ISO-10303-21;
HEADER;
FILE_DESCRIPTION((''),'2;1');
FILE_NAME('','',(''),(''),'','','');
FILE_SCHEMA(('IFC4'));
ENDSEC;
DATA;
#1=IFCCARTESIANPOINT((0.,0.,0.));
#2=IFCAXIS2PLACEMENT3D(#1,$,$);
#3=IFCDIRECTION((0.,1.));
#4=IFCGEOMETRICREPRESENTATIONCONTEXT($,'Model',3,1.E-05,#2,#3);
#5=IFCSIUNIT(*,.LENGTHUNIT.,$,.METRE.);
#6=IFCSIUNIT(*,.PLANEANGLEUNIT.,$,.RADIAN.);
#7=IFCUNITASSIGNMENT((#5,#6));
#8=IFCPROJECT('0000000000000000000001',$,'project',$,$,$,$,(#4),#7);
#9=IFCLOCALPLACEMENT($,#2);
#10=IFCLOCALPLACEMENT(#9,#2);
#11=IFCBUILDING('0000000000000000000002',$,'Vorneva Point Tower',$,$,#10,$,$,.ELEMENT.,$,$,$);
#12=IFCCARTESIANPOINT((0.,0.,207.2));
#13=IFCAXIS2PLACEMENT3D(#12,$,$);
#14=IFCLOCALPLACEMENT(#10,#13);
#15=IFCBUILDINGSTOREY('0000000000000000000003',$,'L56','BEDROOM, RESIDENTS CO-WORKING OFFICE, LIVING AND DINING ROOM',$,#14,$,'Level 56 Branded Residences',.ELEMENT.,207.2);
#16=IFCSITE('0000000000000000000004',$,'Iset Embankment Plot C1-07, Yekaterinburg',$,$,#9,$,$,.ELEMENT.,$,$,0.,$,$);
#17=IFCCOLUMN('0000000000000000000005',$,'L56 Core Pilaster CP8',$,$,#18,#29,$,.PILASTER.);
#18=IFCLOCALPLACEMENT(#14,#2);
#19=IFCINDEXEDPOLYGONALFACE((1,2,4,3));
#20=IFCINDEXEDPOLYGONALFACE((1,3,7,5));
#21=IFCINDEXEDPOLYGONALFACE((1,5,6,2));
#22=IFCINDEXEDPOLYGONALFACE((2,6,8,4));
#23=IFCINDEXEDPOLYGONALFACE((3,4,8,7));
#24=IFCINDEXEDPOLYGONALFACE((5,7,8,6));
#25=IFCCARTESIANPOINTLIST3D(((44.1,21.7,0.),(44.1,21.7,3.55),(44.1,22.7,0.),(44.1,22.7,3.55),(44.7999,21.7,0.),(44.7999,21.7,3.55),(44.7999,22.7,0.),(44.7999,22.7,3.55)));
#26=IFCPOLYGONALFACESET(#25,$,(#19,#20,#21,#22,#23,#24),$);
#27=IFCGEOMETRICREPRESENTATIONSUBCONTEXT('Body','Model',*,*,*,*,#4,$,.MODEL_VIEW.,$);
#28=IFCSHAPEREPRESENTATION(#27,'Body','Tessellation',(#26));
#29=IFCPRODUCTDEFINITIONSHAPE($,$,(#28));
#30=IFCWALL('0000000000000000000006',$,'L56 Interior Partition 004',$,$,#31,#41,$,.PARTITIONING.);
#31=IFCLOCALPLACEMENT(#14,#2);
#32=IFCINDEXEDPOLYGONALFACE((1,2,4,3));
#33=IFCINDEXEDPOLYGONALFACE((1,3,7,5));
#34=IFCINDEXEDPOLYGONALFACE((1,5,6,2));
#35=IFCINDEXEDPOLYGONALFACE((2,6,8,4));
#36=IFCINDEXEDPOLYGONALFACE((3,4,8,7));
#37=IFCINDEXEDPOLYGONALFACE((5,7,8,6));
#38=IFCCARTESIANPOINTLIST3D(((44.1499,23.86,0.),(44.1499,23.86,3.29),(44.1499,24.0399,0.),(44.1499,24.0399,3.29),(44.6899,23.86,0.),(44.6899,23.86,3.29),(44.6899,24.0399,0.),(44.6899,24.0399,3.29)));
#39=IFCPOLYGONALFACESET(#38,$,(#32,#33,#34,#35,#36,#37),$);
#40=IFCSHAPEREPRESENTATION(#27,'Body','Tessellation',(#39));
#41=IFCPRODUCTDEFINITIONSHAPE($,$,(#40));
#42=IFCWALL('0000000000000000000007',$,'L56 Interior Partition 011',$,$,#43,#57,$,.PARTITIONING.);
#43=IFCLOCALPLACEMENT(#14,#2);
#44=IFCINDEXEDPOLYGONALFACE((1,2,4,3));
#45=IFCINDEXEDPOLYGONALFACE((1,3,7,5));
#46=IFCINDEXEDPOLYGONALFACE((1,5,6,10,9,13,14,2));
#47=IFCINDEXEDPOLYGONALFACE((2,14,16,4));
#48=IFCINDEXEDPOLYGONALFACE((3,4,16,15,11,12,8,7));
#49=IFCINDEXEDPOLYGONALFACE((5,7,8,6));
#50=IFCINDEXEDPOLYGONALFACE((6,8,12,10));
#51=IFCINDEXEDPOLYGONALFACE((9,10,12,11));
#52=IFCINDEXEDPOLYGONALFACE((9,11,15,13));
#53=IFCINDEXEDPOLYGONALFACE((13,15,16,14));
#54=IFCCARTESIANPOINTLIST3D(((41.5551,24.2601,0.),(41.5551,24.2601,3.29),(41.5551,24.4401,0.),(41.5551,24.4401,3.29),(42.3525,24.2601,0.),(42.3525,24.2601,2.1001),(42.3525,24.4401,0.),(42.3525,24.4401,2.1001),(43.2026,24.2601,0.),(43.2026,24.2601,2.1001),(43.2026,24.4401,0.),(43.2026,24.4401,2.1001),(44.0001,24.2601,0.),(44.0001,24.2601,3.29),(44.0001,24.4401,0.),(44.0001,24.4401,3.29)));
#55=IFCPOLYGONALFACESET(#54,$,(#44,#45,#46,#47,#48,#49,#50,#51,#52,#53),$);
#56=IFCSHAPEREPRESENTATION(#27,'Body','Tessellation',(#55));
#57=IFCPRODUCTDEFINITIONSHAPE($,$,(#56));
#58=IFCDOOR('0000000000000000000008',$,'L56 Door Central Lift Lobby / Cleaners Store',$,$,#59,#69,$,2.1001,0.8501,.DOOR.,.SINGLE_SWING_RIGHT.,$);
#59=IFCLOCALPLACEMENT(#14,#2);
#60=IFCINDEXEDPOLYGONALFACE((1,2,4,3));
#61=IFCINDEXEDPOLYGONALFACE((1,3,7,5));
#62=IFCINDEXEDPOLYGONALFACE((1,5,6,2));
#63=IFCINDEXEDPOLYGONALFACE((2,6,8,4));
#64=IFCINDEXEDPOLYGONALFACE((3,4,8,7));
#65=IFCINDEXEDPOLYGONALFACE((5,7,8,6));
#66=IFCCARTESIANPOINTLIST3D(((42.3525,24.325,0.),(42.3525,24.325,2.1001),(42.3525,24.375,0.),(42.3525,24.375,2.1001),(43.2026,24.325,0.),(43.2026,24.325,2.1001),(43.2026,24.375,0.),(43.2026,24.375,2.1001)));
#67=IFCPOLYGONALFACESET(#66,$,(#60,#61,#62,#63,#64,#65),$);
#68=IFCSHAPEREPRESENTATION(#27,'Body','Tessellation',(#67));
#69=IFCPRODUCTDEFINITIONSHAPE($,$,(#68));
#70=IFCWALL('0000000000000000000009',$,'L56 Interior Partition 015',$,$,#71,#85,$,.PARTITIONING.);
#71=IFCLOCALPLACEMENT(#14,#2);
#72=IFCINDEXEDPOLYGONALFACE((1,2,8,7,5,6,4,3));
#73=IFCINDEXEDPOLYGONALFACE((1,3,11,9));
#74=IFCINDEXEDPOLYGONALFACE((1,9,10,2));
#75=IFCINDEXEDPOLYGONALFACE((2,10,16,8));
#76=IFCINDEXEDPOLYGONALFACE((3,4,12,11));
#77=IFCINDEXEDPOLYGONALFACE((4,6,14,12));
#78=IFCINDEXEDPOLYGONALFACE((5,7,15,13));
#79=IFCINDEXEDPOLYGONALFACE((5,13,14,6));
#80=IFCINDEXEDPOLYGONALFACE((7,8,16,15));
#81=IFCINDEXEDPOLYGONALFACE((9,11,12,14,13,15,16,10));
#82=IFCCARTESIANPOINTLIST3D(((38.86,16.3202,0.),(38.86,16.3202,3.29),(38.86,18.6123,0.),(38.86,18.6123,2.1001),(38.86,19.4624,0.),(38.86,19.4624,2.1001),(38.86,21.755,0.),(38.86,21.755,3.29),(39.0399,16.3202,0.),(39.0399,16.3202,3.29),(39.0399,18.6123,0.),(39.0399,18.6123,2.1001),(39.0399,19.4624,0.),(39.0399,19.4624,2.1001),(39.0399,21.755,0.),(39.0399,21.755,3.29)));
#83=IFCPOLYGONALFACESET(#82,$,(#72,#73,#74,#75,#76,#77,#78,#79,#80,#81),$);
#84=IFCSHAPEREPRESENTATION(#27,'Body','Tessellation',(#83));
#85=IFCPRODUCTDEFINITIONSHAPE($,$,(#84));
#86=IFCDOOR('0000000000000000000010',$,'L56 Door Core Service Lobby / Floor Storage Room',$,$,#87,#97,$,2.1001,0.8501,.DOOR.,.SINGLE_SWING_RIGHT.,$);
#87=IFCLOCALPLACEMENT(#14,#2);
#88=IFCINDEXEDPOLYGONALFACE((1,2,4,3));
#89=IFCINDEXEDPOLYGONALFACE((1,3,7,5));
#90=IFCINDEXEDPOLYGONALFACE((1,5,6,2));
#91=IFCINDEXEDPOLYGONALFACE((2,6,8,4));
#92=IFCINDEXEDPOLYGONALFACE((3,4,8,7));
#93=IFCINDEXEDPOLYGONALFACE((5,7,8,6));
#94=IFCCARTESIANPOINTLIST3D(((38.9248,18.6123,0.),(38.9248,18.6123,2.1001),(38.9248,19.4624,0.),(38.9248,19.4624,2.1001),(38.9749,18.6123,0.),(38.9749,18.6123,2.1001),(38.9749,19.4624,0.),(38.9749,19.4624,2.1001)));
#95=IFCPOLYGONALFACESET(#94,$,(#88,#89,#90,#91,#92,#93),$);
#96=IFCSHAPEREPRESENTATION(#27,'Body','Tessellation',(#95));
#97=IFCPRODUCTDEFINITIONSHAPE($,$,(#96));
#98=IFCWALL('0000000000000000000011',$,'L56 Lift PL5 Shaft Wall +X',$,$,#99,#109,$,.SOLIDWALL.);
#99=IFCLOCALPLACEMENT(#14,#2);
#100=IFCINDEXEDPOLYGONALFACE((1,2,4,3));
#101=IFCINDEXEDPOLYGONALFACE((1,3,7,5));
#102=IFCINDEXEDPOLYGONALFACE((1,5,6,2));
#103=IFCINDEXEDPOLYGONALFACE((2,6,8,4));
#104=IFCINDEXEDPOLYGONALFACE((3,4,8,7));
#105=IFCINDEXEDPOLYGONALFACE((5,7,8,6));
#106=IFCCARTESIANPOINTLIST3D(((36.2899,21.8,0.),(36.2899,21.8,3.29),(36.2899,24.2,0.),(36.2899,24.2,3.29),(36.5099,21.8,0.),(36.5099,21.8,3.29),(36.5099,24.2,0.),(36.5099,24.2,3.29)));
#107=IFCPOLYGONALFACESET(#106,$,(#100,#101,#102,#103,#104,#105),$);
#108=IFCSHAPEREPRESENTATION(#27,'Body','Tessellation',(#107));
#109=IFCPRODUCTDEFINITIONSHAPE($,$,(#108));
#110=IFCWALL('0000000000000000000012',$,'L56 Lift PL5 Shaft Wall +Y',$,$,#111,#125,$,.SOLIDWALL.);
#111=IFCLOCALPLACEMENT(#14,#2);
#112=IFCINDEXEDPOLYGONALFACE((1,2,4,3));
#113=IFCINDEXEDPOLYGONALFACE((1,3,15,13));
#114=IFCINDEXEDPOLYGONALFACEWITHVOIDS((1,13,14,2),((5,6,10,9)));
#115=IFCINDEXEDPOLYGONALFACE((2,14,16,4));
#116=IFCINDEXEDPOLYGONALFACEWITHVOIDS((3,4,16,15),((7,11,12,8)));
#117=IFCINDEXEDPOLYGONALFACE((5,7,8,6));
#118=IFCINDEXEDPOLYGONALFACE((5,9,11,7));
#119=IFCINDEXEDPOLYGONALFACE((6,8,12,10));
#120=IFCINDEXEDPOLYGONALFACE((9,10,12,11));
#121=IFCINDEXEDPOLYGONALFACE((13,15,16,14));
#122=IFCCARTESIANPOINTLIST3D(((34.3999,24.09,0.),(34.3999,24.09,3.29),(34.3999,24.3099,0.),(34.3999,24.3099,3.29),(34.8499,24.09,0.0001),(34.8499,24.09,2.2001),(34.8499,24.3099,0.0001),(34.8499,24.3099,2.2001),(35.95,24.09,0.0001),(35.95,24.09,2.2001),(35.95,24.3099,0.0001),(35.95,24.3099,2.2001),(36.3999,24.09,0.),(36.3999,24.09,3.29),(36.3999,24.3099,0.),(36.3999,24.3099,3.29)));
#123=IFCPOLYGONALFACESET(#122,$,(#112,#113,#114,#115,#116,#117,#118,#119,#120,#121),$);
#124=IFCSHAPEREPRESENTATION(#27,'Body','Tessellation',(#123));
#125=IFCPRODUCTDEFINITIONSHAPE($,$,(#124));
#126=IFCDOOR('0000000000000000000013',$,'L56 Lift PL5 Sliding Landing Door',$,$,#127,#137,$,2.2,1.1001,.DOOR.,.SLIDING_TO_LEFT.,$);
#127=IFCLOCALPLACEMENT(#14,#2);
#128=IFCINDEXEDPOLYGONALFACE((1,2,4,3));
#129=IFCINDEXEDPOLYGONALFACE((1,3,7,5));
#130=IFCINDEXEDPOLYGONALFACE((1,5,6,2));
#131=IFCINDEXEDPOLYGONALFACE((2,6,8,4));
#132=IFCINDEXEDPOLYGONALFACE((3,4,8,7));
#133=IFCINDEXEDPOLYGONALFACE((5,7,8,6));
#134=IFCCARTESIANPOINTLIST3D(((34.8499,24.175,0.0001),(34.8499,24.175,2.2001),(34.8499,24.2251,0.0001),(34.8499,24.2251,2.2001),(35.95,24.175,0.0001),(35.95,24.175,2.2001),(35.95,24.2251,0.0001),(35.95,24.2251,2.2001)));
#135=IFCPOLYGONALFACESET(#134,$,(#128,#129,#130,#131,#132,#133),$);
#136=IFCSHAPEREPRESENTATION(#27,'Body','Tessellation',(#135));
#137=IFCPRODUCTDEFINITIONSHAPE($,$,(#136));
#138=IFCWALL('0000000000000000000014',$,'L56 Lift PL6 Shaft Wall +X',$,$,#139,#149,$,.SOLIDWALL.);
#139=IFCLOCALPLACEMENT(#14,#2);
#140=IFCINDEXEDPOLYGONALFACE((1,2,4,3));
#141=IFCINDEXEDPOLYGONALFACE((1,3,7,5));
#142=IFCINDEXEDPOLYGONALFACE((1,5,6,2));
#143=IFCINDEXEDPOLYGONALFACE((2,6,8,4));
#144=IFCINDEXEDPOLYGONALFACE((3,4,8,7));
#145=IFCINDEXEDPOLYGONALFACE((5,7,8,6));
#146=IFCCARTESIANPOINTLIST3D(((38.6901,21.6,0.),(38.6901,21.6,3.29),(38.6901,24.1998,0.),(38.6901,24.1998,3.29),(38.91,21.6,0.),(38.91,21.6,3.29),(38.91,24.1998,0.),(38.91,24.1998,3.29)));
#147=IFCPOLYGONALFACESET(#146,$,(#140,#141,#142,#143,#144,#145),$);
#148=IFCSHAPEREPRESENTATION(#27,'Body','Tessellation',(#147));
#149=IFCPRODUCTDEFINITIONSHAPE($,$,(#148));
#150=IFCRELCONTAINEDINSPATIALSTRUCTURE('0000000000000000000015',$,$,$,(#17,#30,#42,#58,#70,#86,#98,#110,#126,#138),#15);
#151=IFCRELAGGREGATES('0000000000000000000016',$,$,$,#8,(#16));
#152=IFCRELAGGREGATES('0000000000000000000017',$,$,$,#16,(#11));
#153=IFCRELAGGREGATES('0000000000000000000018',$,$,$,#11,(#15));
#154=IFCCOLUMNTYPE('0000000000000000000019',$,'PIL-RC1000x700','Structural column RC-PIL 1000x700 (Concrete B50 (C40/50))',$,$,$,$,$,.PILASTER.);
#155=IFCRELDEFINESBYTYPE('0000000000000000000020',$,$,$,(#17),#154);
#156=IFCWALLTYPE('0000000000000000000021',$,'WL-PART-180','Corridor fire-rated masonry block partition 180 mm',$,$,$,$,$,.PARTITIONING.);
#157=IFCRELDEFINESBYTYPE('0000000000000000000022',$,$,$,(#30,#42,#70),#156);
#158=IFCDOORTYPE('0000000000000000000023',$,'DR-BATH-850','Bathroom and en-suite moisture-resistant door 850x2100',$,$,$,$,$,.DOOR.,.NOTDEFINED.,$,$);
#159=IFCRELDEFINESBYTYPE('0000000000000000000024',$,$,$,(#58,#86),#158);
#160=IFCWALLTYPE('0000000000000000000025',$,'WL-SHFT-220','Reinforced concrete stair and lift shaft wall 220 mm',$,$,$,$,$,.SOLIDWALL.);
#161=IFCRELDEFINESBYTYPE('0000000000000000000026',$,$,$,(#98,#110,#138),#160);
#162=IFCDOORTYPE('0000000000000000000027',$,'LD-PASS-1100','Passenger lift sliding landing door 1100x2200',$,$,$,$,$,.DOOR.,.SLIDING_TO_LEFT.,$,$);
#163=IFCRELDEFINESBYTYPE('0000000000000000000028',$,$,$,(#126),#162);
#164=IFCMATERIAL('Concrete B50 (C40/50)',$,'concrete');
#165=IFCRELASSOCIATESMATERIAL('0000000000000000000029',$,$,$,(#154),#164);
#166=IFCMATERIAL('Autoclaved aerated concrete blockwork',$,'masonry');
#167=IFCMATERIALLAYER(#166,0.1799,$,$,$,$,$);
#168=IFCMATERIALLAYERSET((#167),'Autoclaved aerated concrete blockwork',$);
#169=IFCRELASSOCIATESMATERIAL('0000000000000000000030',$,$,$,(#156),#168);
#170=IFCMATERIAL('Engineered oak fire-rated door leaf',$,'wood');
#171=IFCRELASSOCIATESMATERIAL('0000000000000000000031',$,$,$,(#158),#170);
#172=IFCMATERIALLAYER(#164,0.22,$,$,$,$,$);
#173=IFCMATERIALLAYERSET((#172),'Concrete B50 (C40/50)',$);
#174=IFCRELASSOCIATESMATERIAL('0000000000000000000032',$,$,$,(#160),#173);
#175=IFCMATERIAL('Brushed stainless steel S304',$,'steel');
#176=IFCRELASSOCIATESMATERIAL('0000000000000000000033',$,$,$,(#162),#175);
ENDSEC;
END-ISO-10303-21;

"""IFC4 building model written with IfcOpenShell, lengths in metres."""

from ifc_helpers import new_model, si_unit, direction, frame, frame_2d, origin, origin_2d, place, context, subcontext, project, spatial, rectangle, extrude, material, layer, layer_set, material_profile, profile_set, type_object, element, fill, save


model = new_model("IFC4")

# Units and contexts
model_context = context("Model", 3, precision=1e-05, world=origin(), true_north=direction((0.0, 1.0)))
body_context = subcontext(model_context, "Body", "Model", "MODEL_VIEW")
ifc_project = project(units=[si_unit("LENGTHUNIT", "METRE"), si_unit("PLANEANGLEUNIT", "RADIAN")], contexts=[model_context])

# Site, building, storey
site_placement = place(None, origin())
site = spatial("IfcSite", under=ifc_project, at=site_placement, Name="Iset Embankment Plot C1-07, Yekaterinburg", CompositionType="ELEMENT", RefElevation=0.0)
building_placement = place(site_placement, origin())
building = spatial("IfcBuilding", under=site, at=building_placement, Name="Vorneva Point Tower", CompositionType="ELEMENT")
storey_placement = place(building_placement, frame((0.0, 0.0, 207.2)))
storey = spatial("IfcBuildingStorey", under=building, at=storey_placement, Name="L56", Description="BEDROOM, RESIDENTS CO-WORKING OFFICE, LIVING AND DINING ROOM", LongName="Level 56 Branded Residences", CompositionType="ELEMENT", Elevation=207.2)

# Column
ifc_material_1 = material(Name="Concrete B50 (C40/50)", Category="concrete")
ifc_material_profile = material_profile(ifc_material_1, rectangle(XDim=0.7, YDim=1.0, at=origin_2d()), Name="RC-PIL 1000x700")
ifc_profile_set = profile_set([ifc_material_profile], Name="Concrete B50 (C40/50)")
column_type = type_object("IfcColumnType", Name="PIL-RC1000x700", Description="Structural column RC-PIL 1000x700 (Concrete B50 (C40/50))", PredefinedType="PILASTER", material=ifc_profile_set)
column_placement = place(storey_placement, frame((44.45, 22.2, 0.0), z_axis=(0.0, 0.0, 1.0), x_axis=(1.0, 0.0, 0.0)))
element("IfcColumn", 1, at=column_placement, inside=storey, type_object=column_type, Name="L56 Core Pilaster CP8", PredefinedType="PILASTER", context=body_context, shape_type="SweptSolid", body=[
    extrude(rectangle(XDim=0.7, YDim=1.0, at=origin_2d()), origin(), (0.0, 0.0, 1.0), 3.55),
])

# Wall
ifc_material_2 = material(Name="Autoclaved aerated concrete blockwork", Category="masonry")
ifc_layer_1 = layer(ifc_material_2, 0.1799)
ifc_layer_set_1 = layer_set([ifc_layer_1], Name="Autoclaved aerated concrete blockwork")
wall_type_1 = type_object("IfcWallType", Name="WL-PART-180", Description="Corridor fire-rated masonry block partition 180 mm", PredefinedType="PARTITIONING", material=ifc_layer_set_1)
wall_1_placement = place(storey_placement, frame((44.1499, 23.95, 0.0), z_axis=(0.0, 0.0, 1.0), x_axis=(1.0, 0.0, 0.0)))
element("IfcWall", 2, at=wall_1_placement, inside=storey, type_object=wall_type_1, Name="L56 Interior Partition 004", PredefinedType="PARTITIONING", context=body_context, shape_type="SweptSolid", body=[
    extrude(rectangle(XDim=0.54, YDim=0.1799, at=frame_2d((0.27, 0.0))), origin(), (0.0, 0.0, 1.0), 3.29),
])

# Walls, openings, doors
wall_2_placement = place(storey_placement, frame((41.5549, 24.3501, 0.0), z_axis=(0.0, 0.0, 1.0), x_axis=(1.0, 0.0, 0.0)))
wall_2 = element("IfcWall", 3, at=wall_2_placement, inside=storey, type_object=wall_type_1, Name="L56 Interior Partition 011", PredefinedType="PARTITIONING", context=body_context, shape_type="SweptSolid", body=[
    extrude(rectangle(XDim=2.4451, YDim=0.1799, at=frame_2d((1.2227, 0.0))), origin(), (0.0, 0.0, 1.0), 3.29),
])
opening_1_placement = place(wall_2_placement, frame((0.7976, 0.0, 0.0)))
opening_1 = element("IfcOpeningElement", 4, at=opening_1_placement, cuts=wall_2, PredefinedType="OPENING", context=body_context, shape_type="SweptSolid", body=[
    extrude(rectangle(XDim=0.8501, YDim=2.1001, at=frame_2d((0.425, 1.05))), frame((0.0, 0.105, 0.0), z_axis=(0.0, -1.0, 0.0), x_axis=(1.0, 0.0, 0.0)), (0.0, 0.0, 1.0), 0.2097),
])
ifc_material_3 = material(Name="Engineered oak fire-rated door leaf", Category="wood")
door_type_1 = type_object("IfcDoorType", Name="DR-BATH-850", Description="Bathroom and en-suite moisture-resistant door 850x2100", OperationType="NOTDEFINED", PredefinedType="DOOR", material=ifc_material_3)
door_1_placement = place(opening_1_placement, origin())
door_1 = element("IfcDoor", 5, at=door_1_placement, inside=storey, type_object=door_type_1, Name="L56 Door Central Lift Lobby / Cleaners Store", OperationType="SINGLE_SWING_RIGHT", OverallHeight=2.1001, OverallWidth=0.8501, PredefinedType="DOOR", context=body_context, shape_type="SweptSolid", body=[
    extrude(rectangle(XDim=0.8501, YDim=2.1001, at=frame_2d((0.425, 1.05))), frame((0.0, 0.0249, 0.0), z_axis=(0.0, -1.0, 0.0), x_axis=(1.0, 0.0, 0.0)), (0.0, 0.0, 1.0), 0.05),
])
fill(opening_1, door_1)
wall_3_placement = place(storey_placement, frame((38.95, 21.7549, 0.0), z_axis=(0.0, 0.0, 1.0), x_axis=(0.0, -1.0, 0.0)))
wall_3 = element("IfcWall", 6, at=wall_3_placement, inside=storey, type_object=wall_type_1, Name="L56 Interior Partition 015", PredefinedType="PARTITIONING", context=body_context, shape_type="SweptSolid", body=[
    extrude(rectangle(XDim=5.4348, YDim=0.1799, at=frame_2d((2.7173, 0.0))), origin(), (0.0, 0.0, 1.0), 3.29),
])
opening_2_placement = place(wall_3_placement, frame((2.2925, 0.0, 0.0)))
opening_2 = element("IfcOpeningElement", 7, at=opening_2_placement, cuts=wall_3, PredefinedType="OPENING", context=body_context, shape_type="SweptSolid", body=[
    extrude(rectangle(XDim=0.8501, YDim=2.1001, at=frame_2d((0.425, 1.05))), frame((0.0, 0.105, 0.0), z_axis=(0.0, -1.0, 0.0), x_axis=(1.0, 0.0, 0.0)), (0.0, 0.0, 1.0), 0.2097),
])
door_2_placement = place(opening_2_placement, origin())
door_2 = element("IfcDoor", 8, at=door_2_placement, inside=storey, type_object=door_type_1, Name="L56 Door Core Service Lobby / Floor Storage Room", OperationType="SINGLE_SWING_RIGHT", OverallHeight=2.1001, OverallWidth=0.8501, PredefinedType="DOOR", context=body_context, shape_type="SweptSolid", body=[
    extrude(rectangle(XDim=0.8501, YDim=2.1001, at=frame_2d((0.425, 1.05))), frame((0.0, 0.0249, 0.0), z_axis=(0.0, -1.0, 0.0), x_axis=(1.0, 0.0, 0.0)), (0.0, 0.0, 1.0), 0.05),
])
fill(opening_2, door_2)
ifc_layer_2 = layer(ifc_material_1, 0.22)
ifc_layer_set_2 = layer_set([ifc_layer_2], Name="Concrete B50 (C40/50)")
wall_type_2 = type_object("IfcWallType", Name="WL-SHFT-220", Description="Reinforced concrete stair and lift shaft wall 220 mm", PredefinedType="SOLIDWALL", material=ifc_layer_set_2)

# Wall
wall_4_placement = place(storey_placement, frame((36.3999, 21.8, 0.0), z_axis=(0.0, 0.0, 1.0), x_axis=(0.0, 1.0, 0.0)))
element("IfcWall", 9, at=wall_4_placement, inside=storey, type_object=wall_type_2, Name="L56 Lift PL5 Shaft Wall +X", PredefinedType="SOLIDWALL", context=body_context, shape_type="SweptSolid", body=[
    extrude(rectangle(XDim=2.3999, YDim=0.22, at=frame_2d((1.2, 0.0))), origin(), (0.0, 0.0, 1.0), 3.29),
])

# Wall, opening, door
wall_5_placement = place(storey_placement, frame((36.3999, 24.2, 0.0), z_axis=(0.0, 0.0, 1.0), x_axis=(-1.0, 0.0, 0.0)))
wall_5 = element("IfcWall", 10, at=wall_5_placement, inside=storey, type_object=wall_type_2, Name="L56 Lift PL5 Shaft Wall +Y", PredefinedType="SOLIDWALL", context=body_context, shape_type="SweptSolid", body=[
    extrude(rectangle(XDim=2.0, YDim=0.22, at=frame_2d((1.0, 0.0))), origin(), (0.0, 0.0, 1.0), 3.29),
])
opening_3_placement = place(wall_5_placement, frame((0.45, 0.0, 0.0)))
opening_3 = element("IfcOpeningElement", 11, at=opening_3_placement, cuts=wall_5, PredefinedType="OPENING", context=body_context, shape_type="SweptSolid", body=[
    extrude(rectangle(XDim=1.1001, YDim=2.2, at=frame_2d((0.55, 1.1001))), frame((0.0, 0.125, 0.0), z_axis=(0.0, -1.0, 0.0), x_axis=(1.0, 0.0, 0.0)), (0.0, 0.0, 1.0), 0.2498),
])
ifc_material_4 = material(Name="Brushed stainless steel S304", Category="steel")
door_type_2 = type_object("IfcDoorType", Name="LD-PASS-1100", Description="Passenger lift sliding landing door 1100x2200", OperationType="SLIDING_TO_LEFT", PredefinedType="DOOR", material=ifc_material_4)
door_3_placement = place(opening_3_placement, origin())
door_3 = element("IfcDoor", 12, at=door_3_placement, inside=storey, type_object=door_type_2, Name="L56 Lift PL5 Sliding Landing Door", OperationType="SLIDING_TO_LEFT", OverallHeight=2.2, OverallWidth=1.1001, PredefinedType="DOOR", context=body_context, shape_type="SweptSolid", body=[
    extrude(rectangle(XDim=1.1001, YDim=2.2, at=frame_2d((0.55, 1.1001))), frame((0.0, 0.0249, 0.0), z_axis=(0.0, -1.0, 0.0), x_axis=(1.0, 0.0, 0.0)), (0.0, 0.0, 1.0), 0.05),
])
fill(opening_3, door_3)

# Wall
wall_6_placement = place(storey_placement, frame((38.8, 21.6001, 0.0), z_axis=(0.0, 0.0, 1.0), x_axis=(0.0, 1.0, 0.0)))
element("IfcWall", 13, at=wall_6_placement, inside=storey, type_object=wall_type_2, Name="L56 Lift PL6 Shaft Wall +X", PredefinedType="SOLIDWALL", context=body_context, shape_type="SweptSolid", body=[
    extrude(rectangle(XDim=2.5999, YDim=0.22, at=frame_2d((1.2998, 0.0))), origin(), (0.0, 0.0, 1.0), 3.29),
])

save(model, "model.ifc")
